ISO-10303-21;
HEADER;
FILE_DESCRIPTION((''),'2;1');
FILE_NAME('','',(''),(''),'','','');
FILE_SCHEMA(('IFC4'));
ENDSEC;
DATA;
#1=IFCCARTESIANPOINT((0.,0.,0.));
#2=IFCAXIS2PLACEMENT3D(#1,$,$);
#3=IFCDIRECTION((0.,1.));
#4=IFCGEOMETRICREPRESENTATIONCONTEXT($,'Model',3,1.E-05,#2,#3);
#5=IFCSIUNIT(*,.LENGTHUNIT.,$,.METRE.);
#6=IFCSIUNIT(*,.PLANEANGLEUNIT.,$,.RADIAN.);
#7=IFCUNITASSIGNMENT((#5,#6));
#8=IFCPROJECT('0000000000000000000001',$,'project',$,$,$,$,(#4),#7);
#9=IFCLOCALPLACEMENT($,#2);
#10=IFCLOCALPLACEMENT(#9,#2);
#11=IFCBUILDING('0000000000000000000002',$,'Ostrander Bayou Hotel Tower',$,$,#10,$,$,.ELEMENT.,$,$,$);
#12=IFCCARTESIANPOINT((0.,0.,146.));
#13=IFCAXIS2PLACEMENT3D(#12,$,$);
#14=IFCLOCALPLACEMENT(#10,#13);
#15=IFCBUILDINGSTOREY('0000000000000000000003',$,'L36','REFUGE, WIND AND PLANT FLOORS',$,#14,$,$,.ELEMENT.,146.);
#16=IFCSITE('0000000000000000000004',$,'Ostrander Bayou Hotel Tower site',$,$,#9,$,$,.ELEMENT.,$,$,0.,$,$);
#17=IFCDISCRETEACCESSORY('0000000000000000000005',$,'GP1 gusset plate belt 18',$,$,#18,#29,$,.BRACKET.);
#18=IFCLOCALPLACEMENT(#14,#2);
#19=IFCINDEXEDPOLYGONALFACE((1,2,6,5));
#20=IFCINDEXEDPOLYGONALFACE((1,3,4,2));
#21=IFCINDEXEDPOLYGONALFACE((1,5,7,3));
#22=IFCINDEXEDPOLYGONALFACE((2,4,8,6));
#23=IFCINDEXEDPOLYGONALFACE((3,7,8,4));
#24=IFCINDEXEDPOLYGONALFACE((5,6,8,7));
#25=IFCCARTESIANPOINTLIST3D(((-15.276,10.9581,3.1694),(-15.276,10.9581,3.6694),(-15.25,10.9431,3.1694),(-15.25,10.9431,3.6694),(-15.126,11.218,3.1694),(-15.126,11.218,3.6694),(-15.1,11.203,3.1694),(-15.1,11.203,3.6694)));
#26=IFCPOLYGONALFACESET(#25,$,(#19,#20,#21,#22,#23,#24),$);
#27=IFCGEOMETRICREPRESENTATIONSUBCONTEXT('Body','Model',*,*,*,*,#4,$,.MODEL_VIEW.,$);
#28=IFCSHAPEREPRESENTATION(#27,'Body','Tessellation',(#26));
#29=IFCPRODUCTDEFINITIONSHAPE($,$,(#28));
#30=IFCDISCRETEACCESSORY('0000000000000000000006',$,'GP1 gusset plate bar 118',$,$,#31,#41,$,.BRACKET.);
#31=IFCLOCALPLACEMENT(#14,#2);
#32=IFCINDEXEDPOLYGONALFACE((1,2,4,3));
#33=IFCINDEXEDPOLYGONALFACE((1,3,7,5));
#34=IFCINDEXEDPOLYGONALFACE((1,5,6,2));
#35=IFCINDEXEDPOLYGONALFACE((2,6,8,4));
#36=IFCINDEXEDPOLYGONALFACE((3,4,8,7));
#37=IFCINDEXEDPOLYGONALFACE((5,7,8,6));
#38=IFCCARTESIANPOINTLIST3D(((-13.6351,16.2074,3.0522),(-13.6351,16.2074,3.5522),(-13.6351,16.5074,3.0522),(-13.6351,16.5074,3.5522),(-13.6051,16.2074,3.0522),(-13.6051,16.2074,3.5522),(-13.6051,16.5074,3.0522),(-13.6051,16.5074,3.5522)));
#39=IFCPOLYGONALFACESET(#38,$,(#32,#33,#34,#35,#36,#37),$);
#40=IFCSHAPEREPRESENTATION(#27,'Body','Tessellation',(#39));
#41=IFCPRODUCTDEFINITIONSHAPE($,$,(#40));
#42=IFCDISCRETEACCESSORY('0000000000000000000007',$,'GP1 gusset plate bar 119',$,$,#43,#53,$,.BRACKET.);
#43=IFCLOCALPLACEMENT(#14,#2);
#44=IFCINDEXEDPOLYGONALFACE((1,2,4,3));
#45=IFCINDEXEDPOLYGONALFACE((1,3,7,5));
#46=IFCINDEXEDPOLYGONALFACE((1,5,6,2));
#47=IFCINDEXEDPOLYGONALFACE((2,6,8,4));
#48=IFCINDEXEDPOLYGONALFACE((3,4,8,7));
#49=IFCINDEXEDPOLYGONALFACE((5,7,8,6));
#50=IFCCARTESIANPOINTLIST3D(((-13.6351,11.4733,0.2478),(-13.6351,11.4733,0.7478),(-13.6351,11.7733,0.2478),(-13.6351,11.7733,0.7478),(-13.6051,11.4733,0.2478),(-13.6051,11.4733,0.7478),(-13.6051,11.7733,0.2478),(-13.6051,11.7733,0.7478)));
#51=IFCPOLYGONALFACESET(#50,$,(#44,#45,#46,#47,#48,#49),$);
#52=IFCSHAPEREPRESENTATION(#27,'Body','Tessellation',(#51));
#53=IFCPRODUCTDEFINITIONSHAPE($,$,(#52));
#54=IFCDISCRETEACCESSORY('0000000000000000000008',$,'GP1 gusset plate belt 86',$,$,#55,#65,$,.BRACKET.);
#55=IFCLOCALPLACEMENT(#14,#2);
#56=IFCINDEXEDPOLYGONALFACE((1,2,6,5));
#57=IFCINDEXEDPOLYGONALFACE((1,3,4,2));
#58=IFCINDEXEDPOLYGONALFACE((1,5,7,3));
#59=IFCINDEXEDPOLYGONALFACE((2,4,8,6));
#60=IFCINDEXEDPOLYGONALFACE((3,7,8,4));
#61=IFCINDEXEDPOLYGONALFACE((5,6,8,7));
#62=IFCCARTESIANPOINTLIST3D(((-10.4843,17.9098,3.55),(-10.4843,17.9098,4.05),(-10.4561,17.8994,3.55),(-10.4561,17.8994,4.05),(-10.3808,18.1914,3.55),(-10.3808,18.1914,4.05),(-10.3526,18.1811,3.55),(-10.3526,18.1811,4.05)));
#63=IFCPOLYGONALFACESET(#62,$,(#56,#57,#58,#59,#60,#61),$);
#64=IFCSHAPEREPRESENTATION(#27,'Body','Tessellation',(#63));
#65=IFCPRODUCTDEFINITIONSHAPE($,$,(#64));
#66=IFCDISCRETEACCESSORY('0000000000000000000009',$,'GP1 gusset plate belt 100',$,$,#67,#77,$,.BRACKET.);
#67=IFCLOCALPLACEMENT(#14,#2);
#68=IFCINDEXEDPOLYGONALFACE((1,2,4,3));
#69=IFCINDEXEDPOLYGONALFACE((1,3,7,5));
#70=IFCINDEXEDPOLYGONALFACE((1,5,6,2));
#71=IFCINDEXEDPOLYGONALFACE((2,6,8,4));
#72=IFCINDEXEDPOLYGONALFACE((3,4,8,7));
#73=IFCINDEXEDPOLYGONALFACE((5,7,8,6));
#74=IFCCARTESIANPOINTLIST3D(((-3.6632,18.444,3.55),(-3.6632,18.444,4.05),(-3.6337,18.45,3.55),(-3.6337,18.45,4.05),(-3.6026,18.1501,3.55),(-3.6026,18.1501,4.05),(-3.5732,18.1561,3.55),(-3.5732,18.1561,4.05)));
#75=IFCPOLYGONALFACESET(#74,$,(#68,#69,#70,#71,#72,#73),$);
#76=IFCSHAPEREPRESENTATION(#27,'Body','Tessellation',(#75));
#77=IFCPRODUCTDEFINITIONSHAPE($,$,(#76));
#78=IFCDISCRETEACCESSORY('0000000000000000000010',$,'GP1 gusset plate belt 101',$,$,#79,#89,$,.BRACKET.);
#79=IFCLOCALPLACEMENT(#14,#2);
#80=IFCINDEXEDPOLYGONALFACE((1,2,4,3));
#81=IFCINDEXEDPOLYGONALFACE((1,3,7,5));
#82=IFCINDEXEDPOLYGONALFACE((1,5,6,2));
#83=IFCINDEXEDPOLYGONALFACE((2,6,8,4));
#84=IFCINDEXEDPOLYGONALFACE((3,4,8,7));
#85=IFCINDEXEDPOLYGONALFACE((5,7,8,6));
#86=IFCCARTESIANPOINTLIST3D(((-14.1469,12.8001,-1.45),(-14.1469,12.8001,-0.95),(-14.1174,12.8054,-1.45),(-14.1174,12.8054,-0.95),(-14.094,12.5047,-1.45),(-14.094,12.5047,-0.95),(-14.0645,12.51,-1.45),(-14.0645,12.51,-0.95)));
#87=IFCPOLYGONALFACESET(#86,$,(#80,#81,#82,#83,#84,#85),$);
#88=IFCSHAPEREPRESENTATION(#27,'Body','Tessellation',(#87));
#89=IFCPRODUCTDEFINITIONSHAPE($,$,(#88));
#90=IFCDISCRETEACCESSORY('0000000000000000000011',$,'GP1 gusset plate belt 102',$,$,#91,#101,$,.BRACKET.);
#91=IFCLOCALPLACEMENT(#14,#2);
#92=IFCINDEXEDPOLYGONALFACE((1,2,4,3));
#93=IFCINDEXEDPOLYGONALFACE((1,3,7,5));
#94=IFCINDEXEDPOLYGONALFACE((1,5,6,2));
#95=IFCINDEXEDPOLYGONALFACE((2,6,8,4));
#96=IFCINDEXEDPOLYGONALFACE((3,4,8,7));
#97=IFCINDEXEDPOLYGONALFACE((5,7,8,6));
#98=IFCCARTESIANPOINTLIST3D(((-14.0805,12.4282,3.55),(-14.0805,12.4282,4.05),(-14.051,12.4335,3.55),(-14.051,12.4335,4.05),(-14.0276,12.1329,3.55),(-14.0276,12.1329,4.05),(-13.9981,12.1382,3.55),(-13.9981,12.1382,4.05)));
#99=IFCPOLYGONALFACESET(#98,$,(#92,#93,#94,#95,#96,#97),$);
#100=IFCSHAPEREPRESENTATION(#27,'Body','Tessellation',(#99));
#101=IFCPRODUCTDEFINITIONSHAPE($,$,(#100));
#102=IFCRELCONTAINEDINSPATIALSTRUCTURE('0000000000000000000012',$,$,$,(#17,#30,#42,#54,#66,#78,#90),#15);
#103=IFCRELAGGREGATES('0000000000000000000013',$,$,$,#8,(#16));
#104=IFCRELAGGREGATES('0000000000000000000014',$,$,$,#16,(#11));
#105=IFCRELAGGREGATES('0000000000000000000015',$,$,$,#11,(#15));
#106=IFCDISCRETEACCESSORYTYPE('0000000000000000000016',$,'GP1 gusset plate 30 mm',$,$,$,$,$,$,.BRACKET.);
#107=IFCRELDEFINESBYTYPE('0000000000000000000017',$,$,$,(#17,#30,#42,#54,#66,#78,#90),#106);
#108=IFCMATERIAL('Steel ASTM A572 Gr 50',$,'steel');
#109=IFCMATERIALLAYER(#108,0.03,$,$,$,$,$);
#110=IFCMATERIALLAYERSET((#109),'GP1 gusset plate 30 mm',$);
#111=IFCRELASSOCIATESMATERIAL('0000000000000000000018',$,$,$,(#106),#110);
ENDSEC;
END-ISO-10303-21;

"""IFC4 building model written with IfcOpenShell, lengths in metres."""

from ifc_helpers import new_model, si_unit, direction, frame, origin, origin_2d, place, context, subcontext, project, spatial, rectangle, extrude, material, layer, layer_set, type_object, element, save


model = new_model("IFC4")

# Units and contexts
model_context = context("Model", 3, precision=1e-05, world=origin(), true_north=direction((0.0, 1.0)))
body_context = subcontext(model_context, "Body", "Model", "MODEL_VIEW")
ifc_project = project(units=[si_unit("LENGTHUNIT", "METRE"), si_unit("PLANEANGLEUNIT", "RADIAN")], contexts=[model_context])

# Site, building, storey
site_placement = place(None, origin())
site = spatial("IfcSite", under=ifc_project, at=site_placement, Name="Ostrander Bayou Hotel Tower site", CompositionType="ELEMENT", RefElevation=0.0)
building_placement = place(site_placement, origin())
building = spatial("IfcBuilding", under=site, at=building_placement, Name="Ostrander Bayou Hotel Tower", CompositionType="ELEMENT")
storey_placement = place(building_placement, frame((0.0, 0.0, 146.0)))
storey = spatial("IfcBuildingStorey", under=building, at=storey_placement, Name="L36", Description="REFUGE, WIND AND PLANT FLOORS", CompositionType="ELEMENT", Elevation=146.0)

# Discrete accessories
ifc_material_1 = material(Name="Steel ASTM A572 Gr 50", Category="steel")
ifc_layer_1 = layer(ifc_material_1, 0.03)
ifc_layer_set_1 = layer_set([ifc_layer_1], Name="GP1 gusset plate 30 mm")
discrete_accessory_type = type_object("IfcDiscreteAccessoryType", Name="GP1 gusset plate 30 mm", PredefinedType="BRACKET", material=ifc_layer_set_1)
for number, where, z_axis, x_axis, name in (
    (1, (-15.188, 11.0806, 3.1694), (0.0, 0.0, 1.0), (0.499985, 0.866034, 0.0), "GP1 gusset plate belt 18"),
    (2, (-13.6201, 16.3574, 3.0522), (0.0, 0.0, 1.0), (0.0, -1.0, 0.0), "GP1 gusset plate bar 118"),
    (3, (-13.6201, 11.6233, 0.2478), (0.0, 0.0, 1.0), (0.0, -1.0, 0.0), "GP1 gusset plate bar 119"),
    (4, (-10.4185, 18.0454, 3.55), (0.0, 0.0, 1.0), (-0.344872, -0.93865, 0.0), "GP1 gusset plate belt 86"),
    (5, (-3.6182, 18.3, 3.55), (0.0, 0.0, 1.0), (0.201898, -0.979406, 0.0), "GP1 gusset plate belt 100"),
    (6, (-14.1057, 12.655, -1.45), (0.0, 0.0, 1.0), (0.176329, -0.984331, 0.0), "GP1 gusset plate belt 101"),
    (7, (-14.0393, 12.2832, 3.55), (0.0, 0.0, 1.0), (0.176329, -0.984331, 0.0), "GP1 gusset plate belt 102"),
):
    element("IfcDiscreteAccessory", number, at=place(storey_placement, frame(where, z_axis=z_axis, x_axis=x_axis)), inside=storey, type_object=discrete_accessory_type, Name=name, PredefinedType="BRACKET", context=body_context, shape_type="SweptSolid", body=[
        extrude(rectangle(XDim=0.3, YDim=0.03, at=origin_2d()), origin(), (0.0, 0.0, 1.0), 0.5),
    ])

save(model, "model.ifc")
